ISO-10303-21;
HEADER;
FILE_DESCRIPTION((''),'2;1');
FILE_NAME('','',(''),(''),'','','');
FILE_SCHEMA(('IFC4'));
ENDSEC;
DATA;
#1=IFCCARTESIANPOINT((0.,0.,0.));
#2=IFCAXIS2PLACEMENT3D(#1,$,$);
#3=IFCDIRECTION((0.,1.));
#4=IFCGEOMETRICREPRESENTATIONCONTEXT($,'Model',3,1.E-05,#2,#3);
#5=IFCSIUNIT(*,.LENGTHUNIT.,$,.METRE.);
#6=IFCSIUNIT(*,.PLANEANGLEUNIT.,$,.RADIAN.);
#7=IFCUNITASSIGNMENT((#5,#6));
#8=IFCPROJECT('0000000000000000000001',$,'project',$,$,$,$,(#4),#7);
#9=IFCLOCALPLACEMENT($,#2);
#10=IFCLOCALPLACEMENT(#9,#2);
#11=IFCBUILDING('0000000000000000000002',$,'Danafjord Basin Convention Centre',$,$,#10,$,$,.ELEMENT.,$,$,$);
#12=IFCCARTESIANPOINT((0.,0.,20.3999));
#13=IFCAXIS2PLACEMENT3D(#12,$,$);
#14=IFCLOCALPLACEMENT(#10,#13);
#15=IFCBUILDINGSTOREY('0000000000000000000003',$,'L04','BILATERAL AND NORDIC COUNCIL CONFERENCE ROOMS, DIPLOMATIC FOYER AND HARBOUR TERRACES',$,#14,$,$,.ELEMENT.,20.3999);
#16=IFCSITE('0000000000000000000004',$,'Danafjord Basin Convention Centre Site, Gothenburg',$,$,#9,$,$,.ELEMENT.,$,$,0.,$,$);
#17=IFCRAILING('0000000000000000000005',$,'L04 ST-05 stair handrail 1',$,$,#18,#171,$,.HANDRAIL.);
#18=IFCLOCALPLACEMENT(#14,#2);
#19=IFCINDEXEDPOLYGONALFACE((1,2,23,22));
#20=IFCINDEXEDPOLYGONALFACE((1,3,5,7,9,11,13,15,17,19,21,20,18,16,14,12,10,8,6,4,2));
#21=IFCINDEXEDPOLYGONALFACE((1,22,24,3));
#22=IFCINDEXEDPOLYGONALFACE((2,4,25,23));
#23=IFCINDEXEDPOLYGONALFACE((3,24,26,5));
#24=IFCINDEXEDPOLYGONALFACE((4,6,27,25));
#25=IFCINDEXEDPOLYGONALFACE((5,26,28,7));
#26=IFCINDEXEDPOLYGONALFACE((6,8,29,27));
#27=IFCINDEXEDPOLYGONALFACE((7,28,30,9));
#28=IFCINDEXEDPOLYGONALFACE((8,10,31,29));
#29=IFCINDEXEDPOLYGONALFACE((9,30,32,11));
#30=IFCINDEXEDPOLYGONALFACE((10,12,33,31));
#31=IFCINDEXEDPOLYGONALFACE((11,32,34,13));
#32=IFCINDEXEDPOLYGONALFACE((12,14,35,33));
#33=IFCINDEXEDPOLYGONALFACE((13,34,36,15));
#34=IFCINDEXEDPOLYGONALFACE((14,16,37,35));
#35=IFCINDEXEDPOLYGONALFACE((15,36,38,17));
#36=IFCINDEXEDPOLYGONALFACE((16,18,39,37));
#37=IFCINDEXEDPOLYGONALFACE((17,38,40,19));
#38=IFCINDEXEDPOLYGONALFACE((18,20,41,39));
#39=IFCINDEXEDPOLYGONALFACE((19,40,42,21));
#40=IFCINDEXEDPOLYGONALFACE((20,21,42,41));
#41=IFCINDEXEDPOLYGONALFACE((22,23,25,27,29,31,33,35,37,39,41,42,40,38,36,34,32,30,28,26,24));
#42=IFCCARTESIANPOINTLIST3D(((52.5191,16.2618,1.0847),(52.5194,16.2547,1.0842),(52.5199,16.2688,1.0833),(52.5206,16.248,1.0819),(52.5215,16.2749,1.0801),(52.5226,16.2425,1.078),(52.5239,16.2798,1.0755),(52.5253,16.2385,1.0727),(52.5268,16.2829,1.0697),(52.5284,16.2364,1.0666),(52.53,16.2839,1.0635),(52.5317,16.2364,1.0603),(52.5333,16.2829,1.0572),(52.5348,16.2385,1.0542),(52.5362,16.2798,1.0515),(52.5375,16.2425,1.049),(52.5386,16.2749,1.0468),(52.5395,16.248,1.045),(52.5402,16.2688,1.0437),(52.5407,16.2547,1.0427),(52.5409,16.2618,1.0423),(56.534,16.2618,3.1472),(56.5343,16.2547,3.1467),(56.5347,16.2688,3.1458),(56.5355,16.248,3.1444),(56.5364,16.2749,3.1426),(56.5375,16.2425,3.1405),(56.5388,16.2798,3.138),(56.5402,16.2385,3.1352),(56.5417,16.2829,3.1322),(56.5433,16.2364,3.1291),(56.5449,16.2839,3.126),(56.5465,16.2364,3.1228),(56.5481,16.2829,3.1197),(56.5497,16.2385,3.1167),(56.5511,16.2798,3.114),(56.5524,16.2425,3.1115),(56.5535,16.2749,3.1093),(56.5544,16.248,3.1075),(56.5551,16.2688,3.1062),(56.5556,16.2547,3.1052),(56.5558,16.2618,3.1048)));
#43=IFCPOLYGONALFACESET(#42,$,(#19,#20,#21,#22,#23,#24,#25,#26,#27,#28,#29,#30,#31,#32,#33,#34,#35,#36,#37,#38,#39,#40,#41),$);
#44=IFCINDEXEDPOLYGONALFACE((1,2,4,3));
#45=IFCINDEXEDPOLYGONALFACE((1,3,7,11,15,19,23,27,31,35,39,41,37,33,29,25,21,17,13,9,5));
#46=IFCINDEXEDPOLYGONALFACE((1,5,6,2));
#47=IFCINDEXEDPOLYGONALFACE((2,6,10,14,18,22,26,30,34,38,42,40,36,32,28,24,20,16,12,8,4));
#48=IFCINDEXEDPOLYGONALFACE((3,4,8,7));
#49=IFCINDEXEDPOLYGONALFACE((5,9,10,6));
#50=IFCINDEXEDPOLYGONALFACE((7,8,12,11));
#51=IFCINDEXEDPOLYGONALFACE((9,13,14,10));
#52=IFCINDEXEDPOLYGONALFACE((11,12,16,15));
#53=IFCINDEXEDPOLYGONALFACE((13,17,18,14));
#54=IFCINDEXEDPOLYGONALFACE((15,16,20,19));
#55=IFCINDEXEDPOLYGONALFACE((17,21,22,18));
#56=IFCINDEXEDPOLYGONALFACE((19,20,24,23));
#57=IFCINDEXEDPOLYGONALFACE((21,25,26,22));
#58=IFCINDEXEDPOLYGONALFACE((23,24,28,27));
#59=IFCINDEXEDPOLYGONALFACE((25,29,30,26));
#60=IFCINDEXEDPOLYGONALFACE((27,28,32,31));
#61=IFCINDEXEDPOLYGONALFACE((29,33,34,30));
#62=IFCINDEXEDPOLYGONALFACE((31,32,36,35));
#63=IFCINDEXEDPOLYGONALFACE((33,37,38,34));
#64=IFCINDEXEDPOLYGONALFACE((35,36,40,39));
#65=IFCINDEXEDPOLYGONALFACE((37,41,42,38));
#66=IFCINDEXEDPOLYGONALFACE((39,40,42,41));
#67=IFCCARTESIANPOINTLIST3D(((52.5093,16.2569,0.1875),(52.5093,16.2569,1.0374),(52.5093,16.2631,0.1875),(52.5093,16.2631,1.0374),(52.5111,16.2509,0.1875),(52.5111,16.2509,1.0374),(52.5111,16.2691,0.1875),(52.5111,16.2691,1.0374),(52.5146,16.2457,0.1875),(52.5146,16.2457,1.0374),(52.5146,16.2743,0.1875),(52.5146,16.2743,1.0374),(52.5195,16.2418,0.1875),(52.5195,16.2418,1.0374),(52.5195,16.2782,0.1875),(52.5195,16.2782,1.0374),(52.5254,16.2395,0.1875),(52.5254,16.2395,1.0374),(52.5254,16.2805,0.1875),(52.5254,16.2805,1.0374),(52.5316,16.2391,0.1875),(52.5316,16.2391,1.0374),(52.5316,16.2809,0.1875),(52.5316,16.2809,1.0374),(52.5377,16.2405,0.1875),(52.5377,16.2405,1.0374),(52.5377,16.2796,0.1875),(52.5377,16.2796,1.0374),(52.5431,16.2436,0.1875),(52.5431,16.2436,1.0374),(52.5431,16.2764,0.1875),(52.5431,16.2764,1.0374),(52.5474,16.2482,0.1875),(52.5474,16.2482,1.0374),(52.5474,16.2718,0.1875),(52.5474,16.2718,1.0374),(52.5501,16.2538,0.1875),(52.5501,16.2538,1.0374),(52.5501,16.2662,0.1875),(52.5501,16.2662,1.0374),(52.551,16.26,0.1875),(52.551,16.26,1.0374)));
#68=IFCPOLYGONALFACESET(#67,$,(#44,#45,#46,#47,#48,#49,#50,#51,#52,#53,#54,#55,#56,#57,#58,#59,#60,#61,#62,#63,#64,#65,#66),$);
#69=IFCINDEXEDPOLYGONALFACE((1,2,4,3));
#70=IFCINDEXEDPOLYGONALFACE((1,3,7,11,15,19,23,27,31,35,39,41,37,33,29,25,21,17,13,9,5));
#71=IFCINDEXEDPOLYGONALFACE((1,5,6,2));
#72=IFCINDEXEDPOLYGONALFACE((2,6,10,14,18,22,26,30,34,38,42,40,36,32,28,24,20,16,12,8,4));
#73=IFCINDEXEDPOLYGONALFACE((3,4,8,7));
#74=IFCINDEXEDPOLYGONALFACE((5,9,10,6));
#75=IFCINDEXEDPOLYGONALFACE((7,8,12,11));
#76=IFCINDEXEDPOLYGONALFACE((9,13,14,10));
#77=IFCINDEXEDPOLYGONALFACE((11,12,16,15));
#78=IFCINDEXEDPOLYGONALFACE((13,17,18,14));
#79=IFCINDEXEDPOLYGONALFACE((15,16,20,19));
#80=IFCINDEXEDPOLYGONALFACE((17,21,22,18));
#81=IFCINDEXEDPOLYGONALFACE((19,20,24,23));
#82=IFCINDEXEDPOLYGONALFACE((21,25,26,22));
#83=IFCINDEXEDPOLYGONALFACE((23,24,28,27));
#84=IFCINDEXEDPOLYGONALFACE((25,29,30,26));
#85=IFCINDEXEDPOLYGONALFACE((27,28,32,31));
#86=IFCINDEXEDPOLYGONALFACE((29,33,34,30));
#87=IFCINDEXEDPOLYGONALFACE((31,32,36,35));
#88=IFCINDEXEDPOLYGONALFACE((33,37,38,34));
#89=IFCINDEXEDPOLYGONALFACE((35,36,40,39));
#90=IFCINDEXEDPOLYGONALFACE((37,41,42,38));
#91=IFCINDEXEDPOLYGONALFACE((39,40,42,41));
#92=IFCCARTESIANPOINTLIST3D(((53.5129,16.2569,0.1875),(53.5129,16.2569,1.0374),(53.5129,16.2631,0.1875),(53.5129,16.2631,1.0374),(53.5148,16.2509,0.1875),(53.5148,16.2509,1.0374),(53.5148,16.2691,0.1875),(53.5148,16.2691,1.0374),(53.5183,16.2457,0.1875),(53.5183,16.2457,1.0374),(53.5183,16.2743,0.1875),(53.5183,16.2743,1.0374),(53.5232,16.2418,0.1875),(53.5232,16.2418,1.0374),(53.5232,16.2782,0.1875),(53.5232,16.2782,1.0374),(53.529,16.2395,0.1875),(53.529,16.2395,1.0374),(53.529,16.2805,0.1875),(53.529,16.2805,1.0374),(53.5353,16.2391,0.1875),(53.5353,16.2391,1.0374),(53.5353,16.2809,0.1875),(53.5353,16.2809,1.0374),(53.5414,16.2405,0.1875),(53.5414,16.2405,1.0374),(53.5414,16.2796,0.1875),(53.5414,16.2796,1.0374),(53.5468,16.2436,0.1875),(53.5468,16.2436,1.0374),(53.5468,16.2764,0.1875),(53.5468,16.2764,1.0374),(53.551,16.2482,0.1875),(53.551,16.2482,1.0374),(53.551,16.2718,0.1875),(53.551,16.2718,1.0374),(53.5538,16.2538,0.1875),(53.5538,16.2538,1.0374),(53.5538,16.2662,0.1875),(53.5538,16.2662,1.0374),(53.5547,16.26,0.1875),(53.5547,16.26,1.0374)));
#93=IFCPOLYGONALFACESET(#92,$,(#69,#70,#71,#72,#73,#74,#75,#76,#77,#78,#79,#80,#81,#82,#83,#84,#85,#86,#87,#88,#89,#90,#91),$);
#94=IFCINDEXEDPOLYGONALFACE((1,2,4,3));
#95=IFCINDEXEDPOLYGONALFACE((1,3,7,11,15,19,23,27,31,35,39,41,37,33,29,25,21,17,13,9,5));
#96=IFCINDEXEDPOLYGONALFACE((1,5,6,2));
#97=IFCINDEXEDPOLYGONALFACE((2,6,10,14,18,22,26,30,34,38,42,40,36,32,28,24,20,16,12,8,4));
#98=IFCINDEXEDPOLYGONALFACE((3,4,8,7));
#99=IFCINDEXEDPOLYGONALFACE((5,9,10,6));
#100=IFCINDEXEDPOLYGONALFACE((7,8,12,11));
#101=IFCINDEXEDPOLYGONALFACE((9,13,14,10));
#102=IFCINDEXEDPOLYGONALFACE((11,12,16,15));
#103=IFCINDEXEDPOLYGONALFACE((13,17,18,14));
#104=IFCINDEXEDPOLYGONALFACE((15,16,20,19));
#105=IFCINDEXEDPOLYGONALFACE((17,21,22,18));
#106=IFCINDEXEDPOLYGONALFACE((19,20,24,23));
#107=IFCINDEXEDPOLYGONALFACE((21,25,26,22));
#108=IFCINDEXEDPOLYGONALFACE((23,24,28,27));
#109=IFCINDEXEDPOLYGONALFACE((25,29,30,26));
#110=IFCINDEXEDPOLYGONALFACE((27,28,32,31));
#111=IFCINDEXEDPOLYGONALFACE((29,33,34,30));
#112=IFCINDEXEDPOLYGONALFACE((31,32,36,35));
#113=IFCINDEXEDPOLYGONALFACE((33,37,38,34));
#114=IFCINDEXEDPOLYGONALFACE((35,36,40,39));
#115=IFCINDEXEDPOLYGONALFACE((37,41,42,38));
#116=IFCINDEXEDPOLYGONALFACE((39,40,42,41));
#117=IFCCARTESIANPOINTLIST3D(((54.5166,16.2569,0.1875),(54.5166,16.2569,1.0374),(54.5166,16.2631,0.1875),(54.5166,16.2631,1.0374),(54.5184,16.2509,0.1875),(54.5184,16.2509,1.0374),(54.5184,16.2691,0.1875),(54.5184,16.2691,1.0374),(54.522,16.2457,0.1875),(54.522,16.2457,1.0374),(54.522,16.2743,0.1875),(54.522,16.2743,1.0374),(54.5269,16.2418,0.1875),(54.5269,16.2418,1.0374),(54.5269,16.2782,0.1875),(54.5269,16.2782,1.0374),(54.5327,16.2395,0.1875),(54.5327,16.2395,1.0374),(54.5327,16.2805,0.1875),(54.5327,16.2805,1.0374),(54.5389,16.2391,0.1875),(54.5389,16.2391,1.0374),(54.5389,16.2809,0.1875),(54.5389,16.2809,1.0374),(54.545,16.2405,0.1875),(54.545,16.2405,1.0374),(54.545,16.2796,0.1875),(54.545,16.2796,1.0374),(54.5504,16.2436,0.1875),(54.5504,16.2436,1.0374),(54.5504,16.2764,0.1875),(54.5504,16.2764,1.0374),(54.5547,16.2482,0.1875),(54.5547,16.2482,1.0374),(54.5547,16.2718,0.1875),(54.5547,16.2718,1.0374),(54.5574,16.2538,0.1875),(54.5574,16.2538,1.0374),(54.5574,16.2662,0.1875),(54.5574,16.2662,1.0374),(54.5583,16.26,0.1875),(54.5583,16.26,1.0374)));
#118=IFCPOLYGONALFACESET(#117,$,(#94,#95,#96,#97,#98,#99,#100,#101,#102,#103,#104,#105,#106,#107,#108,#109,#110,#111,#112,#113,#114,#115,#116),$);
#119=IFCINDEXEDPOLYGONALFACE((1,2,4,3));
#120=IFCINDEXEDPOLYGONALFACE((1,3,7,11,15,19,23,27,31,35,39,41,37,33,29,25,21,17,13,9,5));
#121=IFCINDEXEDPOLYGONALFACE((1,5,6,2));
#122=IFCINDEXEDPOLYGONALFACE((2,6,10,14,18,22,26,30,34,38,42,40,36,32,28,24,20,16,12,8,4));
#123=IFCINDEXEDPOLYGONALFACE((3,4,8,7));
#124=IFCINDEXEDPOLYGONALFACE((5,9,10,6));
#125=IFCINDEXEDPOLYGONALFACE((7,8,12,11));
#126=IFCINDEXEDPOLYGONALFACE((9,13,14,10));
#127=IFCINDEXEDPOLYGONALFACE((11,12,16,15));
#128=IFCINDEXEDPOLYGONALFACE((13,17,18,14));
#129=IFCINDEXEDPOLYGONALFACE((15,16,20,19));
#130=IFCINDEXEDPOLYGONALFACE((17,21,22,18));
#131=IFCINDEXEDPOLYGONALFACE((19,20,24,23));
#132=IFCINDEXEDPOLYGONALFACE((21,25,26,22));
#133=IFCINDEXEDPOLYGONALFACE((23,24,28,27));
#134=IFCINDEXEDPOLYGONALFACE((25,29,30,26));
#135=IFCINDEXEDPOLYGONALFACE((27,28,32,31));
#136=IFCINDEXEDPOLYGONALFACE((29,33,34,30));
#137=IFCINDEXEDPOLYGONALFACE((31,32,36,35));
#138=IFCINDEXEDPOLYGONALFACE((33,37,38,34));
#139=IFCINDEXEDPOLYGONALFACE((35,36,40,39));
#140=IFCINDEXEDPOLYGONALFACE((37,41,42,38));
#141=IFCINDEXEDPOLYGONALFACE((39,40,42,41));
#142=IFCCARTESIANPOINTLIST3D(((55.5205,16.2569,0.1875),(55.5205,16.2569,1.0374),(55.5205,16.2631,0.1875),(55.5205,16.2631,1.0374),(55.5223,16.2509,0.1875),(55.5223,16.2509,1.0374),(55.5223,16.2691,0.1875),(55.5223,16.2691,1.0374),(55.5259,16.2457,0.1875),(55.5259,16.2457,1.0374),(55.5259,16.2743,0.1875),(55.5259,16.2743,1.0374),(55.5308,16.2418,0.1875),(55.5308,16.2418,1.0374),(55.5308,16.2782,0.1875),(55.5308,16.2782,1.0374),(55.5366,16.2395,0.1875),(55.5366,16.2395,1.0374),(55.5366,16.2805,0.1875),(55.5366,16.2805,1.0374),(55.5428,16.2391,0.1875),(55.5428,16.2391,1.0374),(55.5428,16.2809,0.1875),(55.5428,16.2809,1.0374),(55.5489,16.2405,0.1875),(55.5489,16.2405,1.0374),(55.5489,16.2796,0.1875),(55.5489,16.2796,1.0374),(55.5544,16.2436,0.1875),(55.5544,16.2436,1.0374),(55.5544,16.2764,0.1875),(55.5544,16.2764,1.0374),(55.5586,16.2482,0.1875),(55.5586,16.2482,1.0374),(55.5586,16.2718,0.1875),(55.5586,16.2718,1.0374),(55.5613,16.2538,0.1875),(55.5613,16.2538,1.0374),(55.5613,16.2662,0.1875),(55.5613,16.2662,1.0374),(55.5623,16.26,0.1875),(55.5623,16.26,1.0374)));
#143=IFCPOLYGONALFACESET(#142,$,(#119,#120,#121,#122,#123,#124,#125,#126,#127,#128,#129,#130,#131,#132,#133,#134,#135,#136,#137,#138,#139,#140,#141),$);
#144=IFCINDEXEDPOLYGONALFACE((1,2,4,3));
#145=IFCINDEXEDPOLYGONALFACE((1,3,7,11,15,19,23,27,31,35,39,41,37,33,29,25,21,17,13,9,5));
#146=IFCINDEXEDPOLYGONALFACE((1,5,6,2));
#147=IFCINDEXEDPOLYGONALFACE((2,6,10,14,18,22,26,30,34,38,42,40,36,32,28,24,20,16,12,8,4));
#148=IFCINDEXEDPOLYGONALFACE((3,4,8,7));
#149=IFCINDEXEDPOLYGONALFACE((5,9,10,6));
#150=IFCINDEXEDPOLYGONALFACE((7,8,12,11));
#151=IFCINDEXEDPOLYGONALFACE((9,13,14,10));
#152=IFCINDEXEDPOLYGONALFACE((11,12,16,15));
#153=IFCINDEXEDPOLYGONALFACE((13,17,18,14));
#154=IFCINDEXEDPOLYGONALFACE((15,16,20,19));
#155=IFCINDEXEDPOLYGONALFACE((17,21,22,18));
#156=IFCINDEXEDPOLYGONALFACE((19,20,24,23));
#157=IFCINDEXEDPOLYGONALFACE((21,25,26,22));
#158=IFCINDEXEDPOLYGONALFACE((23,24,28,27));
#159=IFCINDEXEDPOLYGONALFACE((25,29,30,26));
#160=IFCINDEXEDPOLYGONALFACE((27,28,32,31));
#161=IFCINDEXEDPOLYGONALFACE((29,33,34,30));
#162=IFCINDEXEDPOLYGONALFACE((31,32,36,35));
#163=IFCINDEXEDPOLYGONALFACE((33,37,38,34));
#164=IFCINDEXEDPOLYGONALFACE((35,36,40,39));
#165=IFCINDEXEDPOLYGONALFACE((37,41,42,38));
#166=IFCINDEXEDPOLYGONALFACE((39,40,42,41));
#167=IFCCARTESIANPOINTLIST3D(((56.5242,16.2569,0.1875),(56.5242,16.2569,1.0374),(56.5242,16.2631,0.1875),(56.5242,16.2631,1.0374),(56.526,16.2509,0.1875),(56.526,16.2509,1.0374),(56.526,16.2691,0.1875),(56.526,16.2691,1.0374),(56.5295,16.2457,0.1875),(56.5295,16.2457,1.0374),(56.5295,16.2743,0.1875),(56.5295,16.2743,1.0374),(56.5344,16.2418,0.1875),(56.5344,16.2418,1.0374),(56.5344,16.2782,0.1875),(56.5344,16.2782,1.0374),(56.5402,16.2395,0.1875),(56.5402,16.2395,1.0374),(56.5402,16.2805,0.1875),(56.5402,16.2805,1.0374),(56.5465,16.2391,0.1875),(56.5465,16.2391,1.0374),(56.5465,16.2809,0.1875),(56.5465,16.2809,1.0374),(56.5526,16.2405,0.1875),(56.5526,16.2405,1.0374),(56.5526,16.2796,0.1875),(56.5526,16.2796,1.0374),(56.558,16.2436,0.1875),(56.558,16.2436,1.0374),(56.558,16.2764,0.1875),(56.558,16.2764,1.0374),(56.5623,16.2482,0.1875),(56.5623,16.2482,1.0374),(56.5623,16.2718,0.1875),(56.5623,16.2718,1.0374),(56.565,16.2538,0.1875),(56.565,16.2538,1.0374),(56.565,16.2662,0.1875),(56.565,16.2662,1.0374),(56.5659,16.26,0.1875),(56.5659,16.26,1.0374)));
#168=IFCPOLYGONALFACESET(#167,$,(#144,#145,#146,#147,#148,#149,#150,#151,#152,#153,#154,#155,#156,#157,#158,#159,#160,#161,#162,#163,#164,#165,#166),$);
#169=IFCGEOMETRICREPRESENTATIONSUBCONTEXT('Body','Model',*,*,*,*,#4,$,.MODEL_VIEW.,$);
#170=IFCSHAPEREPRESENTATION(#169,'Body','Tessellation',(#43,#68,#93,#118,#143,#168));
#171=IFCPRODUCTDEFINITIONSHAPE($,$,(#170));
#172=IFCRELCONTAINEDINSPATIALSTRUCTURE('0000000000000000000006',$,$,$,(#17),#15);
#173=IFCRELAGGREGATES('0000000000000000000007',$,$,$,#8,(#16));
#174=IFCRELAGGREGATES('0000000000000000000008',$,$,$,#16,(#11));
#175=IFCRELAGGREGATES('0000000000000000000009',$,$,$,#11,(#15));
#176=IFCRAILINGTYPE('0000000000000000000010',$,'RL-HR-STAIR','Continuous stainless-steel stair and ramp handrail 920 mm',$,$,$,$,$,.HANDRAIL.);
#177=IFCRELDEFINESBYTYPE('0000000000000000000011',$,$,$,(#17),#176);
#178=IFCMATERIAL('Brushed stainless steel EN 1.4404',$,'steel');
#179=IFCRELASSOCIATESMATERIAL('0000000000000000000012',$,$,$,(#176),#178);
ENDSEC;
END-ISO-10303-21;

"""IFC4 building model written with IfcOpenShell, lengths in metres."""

from ifc_helpers import new_model, si_unit, direction, frame, origin, origin_2d, place, context, subcontext, project, spatial, circle, extrude, material, type_object, element, save


model = new_model("IFC4")

# Units and contexts
model_context = context("Model", 3, precision=1e-05, world=origin(), true_north=direction((0.0, 1.0)))
body_context = subcontext(model_context, "Body", "Model", "MODEL_VIEW")
ifc_project = project(units=[si_unit("LENGTHUNIT", "METRE"), si_unit("PLANEANGLEUNIT", "RADIAN")], contexts=[model_context])

# Site, building, storey
site_placement = place(None, origin())
site = spatial("IfcSite", under=ifc_project, at=site_placement, Name="Danafjord Basin Convention Centre Site, Gothenburg", CompositionType="ELEMENT", RefElevation=0.0)
building_placement = place(site_placement, origin())
building = spatial("IfcBuilding", under=site, at=building_placement, Name="Danafjord Basin Convention Centre", CompositionType="ELEMENT")
storey_placement = place(building_placement, frame((0.0, 0.0, 20.3999)))
storey = spatial("IfcBuildingStorey", under=building, at=storey_placement, Name="L04", Description="BILATERAL AND NORDIC COUNCIL CONFERENCE ROOMS, DIPLOMATIC FOYER AND HARBOUR TERRACES", CompositionType="ELEMENT", Elevation=20.3999)

# Railing
ifc_material_1 = material(Name="Brushed stainless steel EN 1.4404", Category="steel")
railing_type_1 = type_object("IfcRailingType", Name="RL-HR-STAIR", Description="Continuous stainless-steel stair and ramp handrail 920 mm", PredefinedType="HANDRAIL", material=ifc_material_1)
railing_1_placement = place(storey_placement, frame((52.53, 16.26, 0.1875)))
element("IfcRailing", 1, at=railing_1_placement, inside=storey, type_object=railing_type_1, Name="L04 ST-05 stair handrail 1", PredefinedType="HANDRAIL", context=body_context, shape_type="SweptSolid", body=[
    extrude(circle(Radius=0.0239, at=origin_2d()), frame((0.0, 0.0, 0.876), z_axis=(0.889495, 0.0, 0.456945), x_axis=(0.0, 1.0, 0.0)), (0.0, 0.0, 1.0), 4.5137),
    extrude(circle(Radius=0.021, at=origin_2d()), origin(), (0.0, 0.0, 1.0), 0.8499),
    extrude(circle(Radius=0.021, at=origin_2d()), frame((1.0037, 0.0, 0.0)), (0.0, 0.0, 1.0), 0.8499),
    extrude(circle(Radius=0.021, at=origin_2d()), frame((2.0073, 0.0, 0.0)), (0.0, 0.0, 1.0), 0.8499),
    extrude(circle(Radius=0.021, at=origin_2d()), frame((3.0112, 0.0, 0.0)), (0.0, 0.0, 1.0), 0.8499),
    extrude(circle(Radius=0.021, at=origin_2d()), frame((4.0149, 0.0, 0.0)), (0.0, 0.0, 1.0), 0.8499),
])

save(model, "model.ifc")
